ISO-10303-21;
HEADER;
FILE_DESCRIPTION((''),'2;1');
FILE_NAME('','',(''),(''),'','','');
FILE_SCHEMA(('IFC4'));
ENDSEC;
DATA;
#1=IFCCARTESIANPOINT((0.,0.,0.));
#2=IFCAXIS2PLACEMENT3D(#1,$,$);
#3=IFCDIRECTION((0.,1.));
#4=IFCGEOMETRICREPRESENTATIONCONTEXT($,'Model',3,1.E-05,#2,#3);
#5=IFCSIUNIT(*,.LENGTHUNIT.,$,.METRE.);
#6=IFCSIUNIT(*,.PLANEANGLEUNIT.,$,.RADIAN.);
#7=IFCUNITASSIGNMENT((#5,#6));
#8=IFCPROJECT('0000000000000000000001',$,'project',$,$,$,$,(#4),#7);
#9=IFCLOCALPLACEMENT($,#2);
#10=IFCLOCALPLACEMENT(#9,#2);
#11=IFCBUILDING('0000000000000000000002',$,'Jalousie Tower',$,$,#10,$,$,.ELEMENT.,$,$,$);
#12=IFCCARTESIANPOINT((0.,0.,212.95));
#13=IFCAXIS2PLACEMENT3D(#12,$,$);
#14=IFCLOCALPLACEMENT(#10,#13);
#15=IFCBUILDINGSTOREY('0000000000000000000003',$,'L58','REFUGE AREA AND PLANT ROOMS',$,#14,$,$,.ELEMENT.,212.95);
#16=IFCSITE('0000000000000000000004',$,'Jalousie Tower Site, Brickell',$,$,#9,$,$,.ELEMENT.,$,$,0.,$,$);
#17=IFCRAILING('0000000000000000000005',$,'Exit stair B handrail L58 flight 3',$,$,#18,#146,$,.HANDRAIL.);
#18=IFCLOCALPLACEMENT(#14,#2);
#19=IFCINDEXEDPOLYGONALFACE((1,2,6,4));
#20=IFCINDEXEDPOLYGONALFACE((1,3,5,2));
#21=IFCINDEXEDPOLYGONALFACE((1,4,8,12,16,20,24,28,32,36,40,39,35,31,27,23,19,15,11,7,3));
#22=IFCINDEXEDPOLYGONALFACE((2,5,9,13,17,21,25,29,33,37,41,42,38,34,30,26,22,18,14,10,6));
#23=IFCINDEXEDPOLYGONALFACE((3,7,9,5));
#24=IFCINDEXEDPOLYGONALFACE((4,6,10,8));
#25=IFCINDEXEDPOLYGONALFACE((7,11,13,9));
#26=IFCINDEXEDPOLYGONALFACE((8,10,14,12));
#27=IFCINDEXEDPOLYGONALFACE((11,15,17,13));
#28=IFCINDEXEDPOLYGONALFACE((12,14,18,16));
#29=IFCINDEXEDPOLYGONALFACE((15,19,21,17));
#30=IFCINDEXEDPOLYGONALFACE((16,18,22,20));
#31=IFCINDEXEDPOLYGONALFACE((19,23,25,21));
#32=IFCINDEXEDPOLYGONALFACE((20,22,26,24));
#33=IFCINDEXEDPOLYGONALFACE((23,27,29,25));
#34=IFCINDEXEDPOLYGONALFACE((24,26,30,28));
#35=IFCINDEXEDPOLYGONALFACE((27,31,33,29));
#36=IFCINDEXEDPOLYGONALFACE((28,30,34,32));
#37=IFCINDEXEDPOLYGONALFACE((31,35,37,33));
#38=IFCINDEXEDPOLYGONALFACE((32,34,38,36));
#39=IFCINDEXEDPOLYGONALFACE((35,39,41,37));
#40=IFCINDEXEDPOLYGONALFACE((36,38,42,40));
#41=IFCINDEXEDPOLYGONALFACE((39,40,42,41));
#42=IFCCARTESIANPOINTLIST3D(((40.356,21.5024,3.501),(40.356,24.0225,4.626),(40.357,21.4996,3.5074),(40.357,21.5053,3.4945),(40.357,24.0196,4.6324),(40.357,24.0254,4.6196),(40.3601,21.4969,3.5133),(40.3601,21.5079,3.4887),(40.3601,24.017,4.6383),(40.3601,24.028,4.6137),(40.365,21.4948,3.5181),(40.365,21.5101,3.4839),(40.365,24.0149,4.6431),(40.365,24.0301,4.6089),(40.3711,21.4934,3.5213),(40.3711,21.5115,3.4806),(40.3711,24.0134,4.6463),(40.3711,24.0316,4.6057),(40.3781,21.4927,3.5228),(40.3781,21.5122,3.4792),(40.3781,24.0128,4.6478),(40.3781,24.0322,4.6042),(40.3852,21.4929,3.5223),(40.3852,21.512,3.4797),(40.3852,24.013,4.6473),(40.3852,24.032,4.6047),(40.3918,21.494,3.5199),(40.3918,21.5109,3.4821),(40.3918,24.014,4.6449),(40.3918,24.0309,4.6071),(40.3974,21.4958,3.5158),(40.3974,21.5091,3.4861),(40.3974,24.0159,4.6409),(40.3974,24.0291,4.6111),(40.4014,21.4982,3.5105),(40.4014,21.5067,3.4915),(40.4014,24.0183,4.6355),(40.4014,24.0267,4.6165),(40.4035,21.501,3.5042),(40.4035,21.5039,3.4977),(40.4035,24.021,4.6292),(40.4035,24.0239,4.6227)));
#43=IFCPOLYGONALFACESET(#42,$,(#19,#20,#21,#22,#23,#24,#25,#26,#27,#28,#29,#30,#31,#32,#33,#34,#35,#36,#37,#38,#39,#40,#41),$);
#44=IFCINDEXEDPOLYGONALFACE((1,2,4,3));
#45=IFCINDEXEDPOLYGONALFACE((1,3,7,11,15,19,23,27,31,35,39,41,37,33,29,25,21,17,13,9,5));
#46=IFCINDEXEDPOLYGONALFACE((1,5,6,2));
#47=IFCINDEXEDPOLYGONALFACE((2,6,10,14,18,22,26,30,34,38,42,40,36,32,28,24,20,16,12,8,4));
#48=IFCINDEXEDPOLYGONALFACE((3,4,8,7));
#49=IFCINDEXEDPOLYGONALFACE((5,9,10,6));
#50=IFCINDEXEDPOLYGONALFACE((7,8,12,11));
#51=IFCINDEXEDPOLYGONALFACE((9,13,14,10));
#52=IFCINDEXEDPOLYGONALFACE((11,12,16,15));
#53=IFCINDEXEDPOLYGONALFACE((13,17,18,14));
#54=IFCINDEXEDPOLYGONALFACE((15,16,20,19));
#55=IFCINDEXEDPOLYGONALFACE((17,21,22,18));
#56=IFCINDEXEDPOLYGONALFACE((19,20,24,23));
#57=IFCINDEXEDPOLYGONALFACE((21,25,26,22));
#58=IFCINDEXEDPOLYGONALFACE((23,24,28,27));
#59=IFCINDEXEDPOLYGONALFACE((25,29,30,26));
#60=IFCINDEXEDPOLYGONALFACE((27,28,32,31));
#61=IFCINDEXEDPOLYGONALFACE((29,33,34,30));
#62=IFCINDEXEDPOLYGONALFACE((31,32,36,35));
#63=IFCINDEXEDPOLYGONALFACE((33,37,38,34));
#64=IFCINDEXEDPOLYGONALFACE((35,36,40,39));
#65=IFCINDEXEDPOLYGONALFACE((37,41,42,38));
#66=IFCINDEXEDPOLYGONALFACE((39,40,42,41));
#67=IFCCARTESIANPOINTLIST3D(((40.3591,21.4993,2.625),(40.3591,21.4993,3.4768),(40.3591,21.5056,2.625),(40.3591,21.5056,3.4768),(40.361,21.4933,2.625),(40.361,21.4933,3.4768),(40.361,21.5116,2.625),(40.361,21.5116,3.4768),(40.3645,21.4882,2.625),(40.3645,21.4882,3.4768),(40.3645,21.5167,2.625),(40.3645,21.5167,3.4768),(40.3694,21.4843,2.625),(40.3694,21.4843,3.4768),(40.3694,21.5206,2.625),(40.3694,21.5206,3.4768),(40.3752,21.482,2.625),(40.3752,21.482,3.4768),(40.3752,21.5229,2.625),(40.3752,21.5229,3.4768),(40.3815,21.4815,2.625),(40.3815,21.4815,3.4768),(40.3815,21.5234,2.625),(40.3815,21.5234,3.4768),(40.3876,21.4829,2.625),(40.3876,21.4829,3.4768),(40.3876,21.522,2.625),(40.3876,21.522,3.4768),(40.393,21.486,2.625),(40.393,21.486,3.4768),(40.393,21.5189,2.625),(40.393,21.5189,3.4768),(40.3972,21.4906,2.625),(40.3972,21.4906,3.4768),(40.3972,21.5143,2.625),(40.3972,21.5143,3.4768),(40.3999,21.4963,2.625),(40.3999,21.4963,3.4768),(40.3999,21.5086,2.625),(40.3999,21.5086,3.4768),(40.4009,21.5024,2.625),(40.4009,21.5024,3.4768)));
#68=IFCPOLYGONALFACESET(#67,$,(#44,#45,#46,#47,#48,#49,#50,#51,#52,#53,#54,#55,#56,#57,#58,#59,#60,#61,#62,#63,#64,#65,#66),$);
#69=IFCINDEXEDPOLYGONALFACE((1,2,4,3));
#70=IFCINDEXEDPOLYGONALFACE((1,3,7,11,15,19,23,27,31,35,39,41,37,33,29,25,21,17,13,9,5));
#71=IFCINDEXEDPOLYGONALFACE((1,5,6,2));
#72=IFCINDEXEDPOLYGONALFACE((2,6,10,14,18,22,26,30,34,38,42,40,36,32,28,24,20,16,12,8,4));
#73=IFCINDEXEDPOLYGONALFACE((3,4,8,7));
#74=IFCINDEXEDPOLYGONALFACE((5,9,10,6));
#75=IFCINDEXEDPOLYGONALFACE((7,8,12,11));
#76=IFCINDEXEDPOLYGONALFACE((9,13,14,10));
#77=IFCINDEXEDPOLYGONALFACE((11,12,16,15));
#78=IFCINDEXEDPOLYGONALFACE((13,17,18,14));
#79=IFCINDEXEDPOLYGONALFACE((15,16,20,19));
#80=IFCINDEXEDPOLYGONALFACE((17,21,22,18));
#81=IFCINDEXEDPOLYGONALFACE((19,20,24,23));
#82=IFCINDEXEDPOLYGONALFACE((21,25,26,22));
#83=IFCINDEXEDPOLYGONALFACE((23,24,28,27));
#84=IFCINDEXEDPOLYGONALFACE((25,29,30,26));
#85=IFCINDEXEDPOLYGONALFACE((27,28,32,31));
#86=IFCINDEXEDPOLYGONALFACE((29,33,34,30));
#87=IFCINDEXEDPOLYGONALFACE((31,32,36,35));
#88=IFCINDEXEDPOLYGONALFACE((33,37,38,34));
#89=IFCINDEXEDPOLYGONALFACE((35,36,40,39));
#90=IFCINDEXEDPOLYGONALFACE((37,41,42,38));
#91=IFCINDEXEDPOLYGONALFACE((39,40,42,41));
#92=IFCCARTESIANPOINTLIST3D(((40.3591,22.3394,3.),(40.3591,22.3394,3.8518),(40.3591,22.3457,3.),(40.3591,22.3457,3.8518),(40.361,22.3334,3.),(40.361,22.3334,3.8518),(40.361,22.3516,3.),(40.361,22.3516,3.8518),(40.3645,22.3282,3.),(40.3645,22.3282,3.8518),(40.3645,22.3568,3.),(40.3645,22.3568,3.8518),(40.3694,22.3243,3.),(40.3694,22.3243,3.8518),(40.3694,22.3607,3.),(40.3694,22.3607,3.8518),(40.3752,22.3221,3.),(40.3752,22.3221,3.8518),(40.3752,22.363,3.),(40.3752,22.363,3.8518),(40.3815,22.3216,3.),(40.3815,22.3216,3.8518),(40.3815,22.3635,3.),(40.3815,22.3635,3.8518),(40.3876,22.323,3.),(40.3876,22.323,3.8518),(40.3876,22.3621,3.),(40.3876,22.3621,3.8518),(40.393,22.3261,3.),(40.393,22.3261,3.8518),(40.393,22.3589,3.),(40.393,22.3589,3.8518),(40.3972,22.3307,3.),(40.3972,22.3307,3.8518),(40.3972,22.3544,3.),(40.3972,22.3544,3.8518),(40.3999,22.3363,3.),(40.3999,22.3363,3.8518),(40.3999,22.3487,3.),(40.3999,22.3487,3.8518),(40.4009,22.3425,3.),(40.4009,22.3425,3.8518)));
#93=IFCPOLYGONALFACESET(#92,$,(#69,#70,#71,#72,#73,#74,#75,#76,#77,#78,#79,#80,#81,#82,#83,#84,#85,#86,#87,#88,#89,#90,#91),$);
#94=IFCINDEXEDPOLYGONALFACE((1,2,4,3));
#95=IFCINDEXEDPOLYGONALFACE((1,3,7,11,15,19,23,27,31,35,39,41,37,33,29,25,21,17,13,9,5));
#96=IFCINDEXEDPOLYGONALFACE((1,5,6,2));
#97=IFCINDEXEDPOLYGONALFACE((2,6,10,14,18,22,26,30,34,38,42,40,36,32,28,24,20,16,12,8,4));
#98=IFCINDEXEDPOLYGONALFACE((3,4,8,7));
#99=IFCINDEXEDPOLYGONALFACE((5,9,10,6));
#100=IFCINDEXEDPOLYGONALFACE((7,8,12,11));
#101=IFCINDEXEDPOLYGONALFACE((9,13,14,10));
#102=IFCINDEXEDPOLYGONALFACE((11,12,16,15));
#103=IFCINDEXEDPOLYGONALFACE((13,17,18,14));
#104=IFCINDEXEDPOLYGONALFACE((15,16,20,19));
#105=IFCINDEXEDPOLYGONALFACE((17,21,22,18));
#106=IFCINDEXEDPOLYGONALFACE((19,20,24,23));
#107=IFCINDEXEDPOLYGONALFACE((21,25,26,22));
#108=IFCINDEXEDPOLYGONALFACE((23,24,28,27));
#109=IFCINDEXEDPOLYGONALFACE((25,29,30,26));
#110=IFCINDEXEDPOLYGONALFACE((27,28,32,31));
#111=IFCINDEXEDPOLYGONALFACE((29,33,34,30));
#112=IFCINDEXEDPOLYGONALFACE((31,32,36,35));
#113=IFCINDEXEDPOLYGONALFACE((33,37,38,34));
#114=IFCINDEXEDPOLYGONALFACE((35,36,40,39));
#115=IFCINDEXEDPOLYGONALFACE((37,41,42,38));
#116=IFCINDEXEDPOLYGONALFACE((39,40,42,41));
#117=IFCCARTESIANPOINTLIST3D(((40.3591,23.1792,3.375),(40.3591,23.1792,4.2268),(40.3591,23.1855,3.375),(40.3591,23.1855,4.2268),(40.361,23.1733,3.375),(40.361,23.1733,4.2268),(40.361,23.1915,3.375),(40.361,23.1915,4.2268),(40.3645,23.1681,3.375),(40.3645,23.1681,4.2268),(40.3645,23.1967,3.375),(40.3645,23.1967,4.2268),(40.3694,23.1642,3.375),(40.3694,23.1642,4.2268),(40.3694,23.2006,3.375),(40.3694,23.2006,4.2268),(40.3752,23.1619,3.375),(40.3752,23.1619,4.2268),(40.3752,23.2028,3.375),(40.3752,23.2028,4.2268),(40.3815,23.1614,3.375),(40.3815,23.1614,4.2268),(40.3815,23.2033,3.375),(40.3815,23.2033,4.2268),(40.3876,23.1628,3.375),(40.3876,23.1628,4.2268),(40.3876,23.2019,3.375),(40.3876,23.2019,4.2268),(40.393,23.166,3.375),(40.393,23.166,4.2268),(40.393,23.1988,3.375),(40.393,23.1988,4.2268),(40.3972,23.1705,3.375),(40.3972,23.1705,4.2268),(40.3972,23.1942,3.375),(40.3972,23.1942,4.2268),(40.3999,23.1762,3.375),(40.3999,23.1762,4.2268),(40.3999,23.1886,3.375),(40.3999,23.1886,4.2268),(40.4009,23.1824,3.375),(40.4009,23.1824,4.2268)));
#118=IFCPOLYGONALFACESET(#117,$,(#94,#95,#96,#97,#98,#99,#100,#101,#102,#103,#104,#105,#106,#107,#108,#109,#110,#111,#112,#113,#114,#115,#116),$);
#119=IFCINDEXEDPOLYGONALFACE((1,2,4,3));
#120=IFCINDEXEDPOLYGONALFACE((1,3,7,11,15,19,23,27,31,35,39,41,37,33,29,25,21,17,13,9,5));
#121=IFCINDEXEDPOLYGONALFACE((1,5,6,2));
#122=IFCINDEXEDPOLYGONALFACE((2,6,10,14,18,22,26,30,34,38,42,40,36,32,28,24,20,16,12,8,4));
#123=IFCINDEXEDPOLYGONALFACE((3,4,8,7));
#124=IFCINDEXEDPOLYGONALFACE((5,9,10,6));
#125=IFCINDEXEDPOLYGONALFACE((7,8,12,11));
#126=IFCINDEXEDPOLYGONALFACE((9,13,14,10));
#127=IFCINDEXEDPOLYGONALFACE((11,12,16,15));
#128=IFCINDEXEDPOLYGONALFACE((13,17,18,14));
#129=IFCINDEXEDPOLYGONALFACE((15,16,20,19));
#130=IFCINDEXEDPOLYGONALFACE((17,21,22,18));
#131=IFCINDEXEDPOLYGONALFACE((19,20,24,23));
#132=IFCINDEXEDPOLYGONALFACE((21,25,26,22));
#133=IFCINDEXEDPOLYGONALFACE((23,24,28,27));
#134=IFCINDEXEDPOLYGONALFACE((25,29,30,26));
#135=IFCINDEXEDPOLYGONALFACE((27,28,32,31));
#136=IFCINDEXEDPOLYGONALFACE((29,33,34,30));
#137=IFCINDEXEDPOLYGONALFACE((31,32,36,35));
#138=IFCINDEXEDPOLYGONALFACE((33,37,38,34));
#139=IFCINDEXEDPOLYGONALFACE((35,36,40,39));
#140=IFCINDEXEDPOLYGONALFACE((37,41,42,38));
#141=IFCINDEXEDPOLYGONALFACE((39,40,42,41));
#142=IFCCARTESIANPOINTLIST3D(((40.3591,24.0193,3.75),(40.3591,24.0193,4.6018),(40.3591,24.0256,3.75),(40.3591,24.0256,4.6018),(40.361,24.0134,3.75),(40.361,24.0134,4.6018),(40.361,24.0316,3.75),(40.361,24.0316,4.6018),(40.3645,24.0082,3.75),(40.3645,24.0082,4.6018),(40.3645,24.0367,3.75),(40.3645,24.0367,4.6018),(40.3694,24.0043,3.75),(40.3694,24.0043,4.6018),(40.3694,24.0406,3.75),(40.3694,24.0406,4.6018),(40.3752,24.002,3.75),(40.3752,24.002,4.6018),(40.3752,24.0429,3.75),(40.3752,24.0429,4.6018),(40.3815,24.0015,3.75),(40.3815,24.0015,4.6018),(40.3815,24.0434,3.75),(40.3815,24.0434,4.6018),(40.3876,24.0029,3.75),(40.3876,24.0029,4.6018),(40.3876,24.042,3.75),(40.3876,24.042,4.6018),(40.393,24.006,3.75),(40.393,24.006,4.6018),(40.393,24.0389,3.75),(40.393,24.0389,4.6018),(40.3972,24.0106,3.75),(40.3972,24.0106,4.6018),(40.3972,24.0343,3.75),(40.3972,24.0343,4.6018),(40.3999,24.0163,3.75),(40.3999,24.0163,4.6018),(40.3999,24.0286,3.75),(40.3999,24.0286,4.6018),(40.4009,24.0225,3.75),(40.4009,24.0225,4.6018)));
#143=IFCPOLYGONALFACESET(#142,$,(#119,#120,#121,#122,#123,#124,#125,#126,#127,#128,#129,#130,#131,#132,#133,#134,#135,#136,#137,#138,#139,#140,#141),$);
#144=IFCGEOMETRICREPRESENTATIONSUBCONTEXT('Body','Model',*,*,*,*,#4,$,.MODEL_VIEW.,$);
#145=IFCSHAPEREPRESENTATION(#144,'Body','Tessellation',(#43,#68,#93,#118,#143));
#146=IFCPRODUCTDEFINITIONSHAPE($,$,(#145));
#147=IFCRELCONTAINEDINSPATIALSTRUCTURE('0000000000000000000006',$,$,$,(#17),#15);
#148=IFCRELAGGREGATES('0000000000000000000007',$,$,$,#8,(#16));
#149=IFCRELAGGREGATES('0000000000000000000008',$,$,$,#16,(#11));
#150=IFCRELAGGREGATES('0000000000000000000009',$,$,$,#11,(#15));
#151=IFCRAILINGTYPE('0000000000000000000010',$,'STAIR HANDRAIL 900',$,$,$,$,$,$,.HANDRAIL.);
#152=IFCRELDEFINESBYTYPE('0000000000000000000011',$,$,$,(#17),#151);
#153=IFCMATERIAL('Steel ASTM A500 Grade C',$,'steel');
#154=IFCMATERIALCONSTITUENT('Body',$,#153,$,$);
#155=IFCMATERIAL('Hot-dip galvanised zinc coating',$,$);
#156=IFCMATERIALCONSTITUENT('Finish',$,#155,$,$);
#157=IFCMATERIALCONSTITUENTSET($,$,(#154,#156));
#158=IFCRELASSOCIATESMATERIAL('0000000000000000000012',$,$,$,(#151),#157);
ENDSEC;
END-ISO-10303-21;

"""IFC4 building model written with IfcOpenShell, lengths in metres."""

from ifc_helpers import new_model, si_unit, direction, frame, origin, origin_2d, place, context, subcontext, project, spatial, circle, extrude, material, constituent, constituent_set, type_object, element, save


model = new_model("IFC4")

# Units and contexts
model_context = context("Model", 3, precision=1e-05, world=origin(), true_north=direction((0.0, 1.0)))
body_context = subcontext(model_context, "Body", "Model", "MODEL_VIEW")
ifc_project = project(units=[si_unit("LENGTHUNIT", "METRE"), si_unit("PLANEANGLEUNIT", "RADIAN")], contexts=[model_context])

# Site, building, storey
site_placement = place(None, origin())
site = spatial("IfcSite", under=ifc_project, at=site_placement, Name="Jalousie Tower Site, Brickell", CompositionType="ELEMENT", RefElevation=0.0)
building_placement = place(site_placement, origin())
building = spatial("IfcBuilding", under=site, at=building_placement, Name="Jalousie Tower", CompositionType="ELEMENT")
storey_placement = place(building_placement, frame((0.0, 0.0, 212.95)))
storey = spatial("IfcBuildingStorey", under=building, at=storey_placement, Name="L58", Description="REFUGE AREA AND PLANT ROOMS", CompositionType="ELEMENT", Elevation=212.95)

# Railing
ifc_material_1 = material(Name="Steel ASTM A500 Grade C", Category="steel")
ifc_constituent_1 = constituent(ifc_material_1, Name="Body")
ifc_material_2 = material(Name="Hot-dip galvanised zinc coating")
ifc_constituent_2 = constituent(ifc_material_2, Name="Finish")
ifc_constituent_set_1 = constituent_set(constituents=[ifc_constituent_1, ifc_constituent_2])
railing_type_1 = type_object("IfcRailingType", Name="STAIR HANDRAIL 900", PredefinedType="HANDRAIL", material=ifc_constituent_set_1)
railing_1_placement = place(storey_placement, frame((40.3799, 21.5024, 2.625)))
element("IfcRailing", 1, at=railing_1_placement, inside=storey, type_object=railing_type_1, Name="Exit stair B handrail L58 flight 3", PredefinedType="HANDRAIL", context=body_context, shape_type="SweptSolid", body=[
    extrude(circle(Radius=0.0239, at=origin_2d()), frame((0.0, 0.0, 0.876), z_axis=(0.0, 0.913139, 0.407648), x_axis=(-1.0, 0.0, 0.0)), (0.0, 0.0, 1.0), 2.7598),
    extrude(circle(Radius=0.021, at=origin_2d()), origin(), (0.0, 0.0, 1.0), 0.8518),
    extrude(circle(Radius=0.021, at=origin_2d()), frame((0.0, 0.8401, 0.375)), (0.0, 0.0, 1.0), 0.8518),
    extrude(circle(Radius=0.021, at=origin_2d()), frame((0.0, 1.6799, 0.75)), (0.0, 0.0, 1.0), 0.8518),
    extrude(circle(Radius=0.021, at=origin_2d()), frame((0.0, 2.52, 1.125)), (0.0, 0.0, 1.0), 0.8518),
])

save(model, "model.ifc")
